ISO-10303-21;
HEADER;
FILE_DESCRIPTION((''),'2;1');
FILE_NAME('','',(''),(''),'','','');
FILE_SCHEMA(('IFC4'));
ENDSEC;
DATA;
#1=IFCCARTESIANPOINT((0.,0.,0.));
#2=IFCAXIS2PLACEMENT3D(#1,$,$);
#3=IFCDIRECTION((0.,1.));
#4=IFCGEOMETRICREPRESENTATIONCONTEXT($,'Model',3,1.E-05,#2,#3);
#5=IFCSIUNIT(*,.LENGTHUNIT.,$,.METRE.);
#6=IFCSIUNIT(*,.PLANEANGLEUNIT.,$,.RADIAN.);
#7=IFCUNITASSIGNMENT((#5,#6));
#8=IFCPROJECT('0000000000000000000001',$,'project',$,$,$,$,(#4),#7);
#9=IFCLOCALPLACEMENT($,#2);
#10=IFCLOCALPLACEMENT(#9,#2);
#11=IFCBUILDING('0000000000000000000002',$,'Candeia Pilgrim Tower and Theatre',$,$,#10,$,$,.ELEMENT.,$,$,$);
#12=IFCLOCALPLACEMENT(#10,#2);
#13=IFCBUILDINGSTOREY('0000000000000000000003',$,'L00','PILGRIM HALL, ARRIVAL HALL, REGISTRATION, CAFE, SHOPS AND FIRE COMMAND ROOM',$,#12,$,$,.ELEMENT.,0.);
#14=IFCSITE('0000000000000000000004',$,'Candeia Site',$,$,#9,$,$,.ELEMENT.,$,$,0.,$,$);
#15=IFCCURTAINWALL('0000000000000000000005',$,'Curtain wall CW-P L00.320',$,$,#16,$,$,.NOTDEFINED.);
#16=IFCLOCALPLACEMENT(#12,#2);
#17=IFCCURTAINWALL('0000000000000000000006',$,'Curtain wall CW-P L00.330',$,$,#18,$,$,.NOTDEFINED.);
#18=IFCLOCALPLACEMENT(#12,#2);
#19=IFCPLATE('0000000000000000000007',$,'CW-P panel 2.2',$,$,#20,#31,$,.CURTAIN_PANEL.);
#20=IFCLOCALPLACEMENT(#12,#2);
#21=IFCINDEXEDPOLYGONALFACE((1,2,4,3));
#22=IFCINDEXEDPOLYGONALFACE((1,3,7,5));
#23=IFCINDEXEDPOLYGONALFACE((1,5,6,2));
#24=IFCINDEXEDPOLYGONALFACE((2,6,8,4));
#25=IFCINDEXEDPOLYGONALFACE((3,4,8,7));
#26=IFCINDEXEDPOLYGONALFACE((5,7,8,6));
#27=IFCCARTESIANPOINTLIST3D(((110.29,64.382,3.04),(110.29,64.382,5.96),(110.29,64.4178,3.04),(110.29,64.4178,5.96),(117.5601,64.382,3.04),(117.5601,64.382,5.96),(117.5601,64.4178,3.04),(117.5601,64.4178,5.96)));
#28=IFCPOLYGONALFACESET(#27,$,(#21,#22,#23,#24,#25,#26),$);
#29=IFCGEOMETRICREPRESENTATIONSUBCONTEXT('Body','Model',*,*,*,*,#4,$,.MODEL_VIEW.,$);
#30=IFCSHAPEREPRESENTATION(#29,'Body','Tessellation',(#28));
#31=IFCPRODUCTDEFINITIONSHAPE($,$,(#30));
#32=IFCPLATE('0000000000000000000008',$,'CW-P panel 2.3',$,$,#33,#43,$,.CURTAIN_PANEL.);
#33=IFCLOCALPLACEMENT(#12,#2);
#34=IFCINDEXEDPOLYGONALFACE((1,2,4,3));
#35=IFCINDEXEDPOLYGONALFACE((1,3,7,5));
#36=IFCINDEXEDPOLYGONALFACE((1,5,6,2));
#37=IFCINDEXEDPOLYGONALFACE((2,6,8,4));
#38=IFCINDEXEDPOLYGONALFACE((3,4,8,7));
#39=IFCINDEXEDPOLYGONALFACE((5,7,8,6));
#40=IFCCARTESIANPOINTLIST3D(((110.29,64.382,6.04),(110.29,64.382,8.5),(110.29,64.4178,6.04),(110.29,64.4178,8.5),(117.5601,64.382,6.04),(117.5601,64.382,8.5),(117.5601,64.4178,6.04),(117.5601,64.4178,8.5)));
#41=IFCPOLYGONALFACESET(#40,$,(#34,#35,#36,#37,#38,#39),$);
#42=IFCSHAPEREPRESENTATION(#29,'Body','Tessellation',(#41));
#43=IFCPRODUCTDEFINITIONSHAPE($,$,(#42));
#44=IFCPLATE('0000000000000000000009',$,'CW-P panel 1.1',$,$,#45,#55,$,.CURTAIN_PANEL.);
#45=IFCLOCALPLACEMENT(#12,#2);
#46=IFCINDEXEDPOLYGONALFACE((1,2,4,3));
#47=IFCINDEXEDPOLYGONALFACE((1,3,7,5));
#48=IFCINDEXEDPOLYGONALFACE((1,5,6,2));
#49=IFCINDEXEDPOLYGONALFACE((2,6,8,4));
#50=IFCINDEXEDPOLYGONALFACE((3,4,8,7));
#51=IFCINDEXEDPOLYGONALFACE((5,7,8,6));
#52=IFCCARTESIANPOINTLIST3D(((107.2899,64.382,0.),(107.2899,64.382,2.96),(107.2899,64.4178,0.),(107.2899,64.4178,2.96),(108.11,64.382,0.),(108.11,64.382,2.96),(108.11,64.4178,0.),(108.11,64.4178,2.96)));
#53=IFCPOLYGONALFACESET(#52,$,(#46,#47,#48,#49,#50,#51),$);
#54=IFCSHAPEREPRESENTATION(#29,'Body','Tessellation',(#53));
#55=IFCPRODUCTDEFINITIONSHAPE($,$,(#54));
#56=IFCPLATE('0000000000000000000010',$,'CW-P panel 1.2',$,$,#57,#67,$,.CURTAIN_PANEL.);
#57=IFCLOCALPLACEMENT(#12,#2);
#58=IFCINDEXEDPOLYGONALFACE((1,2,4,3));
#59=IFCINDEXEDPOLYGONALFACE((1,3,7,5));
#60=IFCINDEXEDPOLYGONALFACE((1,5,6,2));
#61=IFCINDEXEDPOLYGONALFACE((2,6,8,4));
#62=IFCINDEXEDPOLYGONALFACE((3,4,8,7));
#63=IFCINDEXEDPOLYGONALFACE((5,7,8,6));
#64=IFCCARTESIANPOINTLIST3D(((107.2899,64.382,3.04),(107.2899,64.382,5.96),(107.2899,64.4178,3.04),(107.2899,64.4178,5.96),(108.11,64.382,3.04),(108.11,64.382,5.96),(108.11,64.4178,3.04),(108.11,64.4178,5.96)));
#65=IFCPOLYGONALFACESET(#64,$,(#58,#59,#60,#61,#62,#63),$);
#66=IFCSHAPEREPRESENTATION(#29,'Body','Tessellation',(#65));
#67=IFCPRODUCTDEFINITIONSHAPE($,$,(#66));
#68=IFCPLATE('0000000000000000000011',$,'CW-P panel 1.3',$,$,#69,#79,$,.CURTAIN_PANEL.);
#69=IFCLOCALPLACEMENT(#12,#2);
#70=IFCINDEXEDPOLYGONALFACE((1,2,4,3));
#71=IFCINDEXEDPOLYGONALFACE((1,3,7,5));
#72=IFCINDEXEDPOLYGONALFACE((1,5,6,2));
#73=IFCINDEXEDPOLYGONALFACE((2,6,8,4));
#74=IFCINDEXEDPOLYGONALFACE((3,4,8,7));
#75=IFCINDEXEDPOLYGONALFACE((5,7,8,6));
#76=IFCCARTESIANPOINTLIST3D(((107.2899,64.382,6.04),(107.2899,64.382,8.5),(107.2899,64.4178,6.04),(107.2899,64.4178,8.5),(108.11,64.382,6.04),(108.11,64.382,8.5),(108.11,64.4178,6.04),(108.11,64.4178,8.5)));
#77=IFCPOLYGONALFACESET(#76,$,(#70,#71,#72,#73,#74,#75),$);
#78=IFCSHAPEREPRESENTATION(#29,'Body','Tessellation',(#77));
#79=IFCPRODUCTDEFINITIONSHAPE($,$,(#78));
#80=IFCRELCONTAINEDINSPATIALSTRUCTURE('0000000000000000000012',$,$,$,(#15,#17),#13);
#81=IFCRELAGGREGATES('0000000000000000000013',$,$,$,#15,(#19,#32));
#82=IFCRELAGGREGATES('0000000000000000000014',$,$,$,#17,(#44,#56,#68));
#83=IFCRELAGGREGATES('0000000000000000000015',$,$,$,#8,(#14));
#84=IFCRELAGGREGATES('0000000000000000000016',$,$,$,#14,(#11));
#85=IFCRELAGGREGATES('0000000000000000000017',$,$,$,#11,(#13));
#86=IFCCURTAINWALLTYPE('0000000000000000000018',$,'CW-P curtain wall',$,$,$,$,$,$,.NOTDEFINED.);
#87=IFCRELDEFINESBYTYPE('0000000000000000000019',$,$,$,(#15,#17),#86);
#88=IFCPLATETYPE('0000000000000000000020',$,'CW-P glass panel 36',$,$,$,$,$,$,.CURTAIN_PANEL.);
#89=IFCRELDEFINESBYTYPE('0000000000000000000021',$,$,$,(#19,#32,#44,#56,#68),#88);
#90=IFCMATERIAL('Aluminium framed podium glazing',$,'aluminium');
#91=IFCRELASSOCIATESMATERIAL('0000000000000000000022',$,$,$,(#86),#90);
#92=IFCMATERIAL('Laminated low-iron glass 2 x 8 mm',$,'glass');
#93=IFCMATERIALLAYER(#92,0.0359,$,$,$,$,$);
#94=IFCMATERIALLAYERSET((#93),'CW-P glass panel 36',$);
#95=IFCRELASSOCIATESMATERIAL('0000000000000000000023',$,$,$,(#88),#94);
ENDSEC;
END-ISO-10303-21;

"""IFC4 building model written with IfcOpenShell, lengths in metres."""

from ifc_helpers import new_model, si_unit, direction, frame, origin, origin_2d, place, context, subcontext, project, spatial, rectangle, extrude, material, layer, layer_set, type_object, element, aggregate, save


model = new_model("IFC4")

# Units and contexts
model_context = context("Model", 3, precision=1e-05, world=origin(), true_north=direction((0.0, 1.0)))
body_context = subcontext(model_context, "Body", "Model", "MODEL_VIEW")
ifc_project = project(units=[si_unit("LENGTHUNIT", "METRE"), si_unit("PLANEANGLEUNIT", "RADIAN")], contexts=[model_context])

# Site, building, storey
site_placement = place(None, origin())
site = spatial("IfcSite", under=ifc_project, at=site_placement, Name="Candeia Site", CompositionType="ELEMENT", RefElevation=0.0)
building_placement = place(site_placement, origin())
building = spatial("IfcBuilding", under=site, at=building_placement, Name="Candeia Pilgrim Tower and Theatre", CompositionType="ELEMENT")
storey_placement = place(building_placement, origin())
storey = spatial("IfcBuildingStorey", under=building, at=storey_placement, Name="L00", Description="PILGRIM HALL, ARRIVAL HALL, REGISTRATION, CAFE, SHOPS AND FIRE COMMAND ROOM", CompositionType="ELEMENT", Elevation=0.0)

# Curtain walls
ifc_material_1 = material(Name="Aluminium framed podium glazing", Category="aluminium")
curtain_wall_type = type_object("IfcCurtainWallType", Name="CW-P curtain wall", PredefinedType="NOTDEFINED", material=ifc_material_1)
curtain_wall_1_placement = place(storey_placement, origin())
curtain_wall_1 = element("IfcCurtainWall", 1, at=curtain_wall_1_placement, inside=storey, type_object=curtain_wall_type, Name="Curtain wall CW-P L00.320", PredefinedType="NOTDEFINED")
curtain_wall_2_placement = place(storey_placement, origin())
curtain_wall_2 = element("IfcCurtainWall", 2, at=curtain_wall_2_placement, inside=storey, type_object=curtain_wall_type, Name="Curtain wall CW-P L00.330", PredefinedType="NOTDEFINED")

# Plates
ifc_material_2 = material(Name="Laminated low-iron glass 2 x 8 mm", Category="glass")
ifc_layer_1 = layer(ifc_material_2, 0.0359)
ifc_layer_set_1 = layer_set([ifc_layer_1], Name="CW-P glass panel 36")
plate_type = type_object("IfcPlateType", Name="CW-P glass panel 36", PredefinedType="CURTAIN_PANEL", material=ifc_layer_set_1)
plate_1_placement = place(storey_placement, frame((113.925, 64.3999, 3.04), z_axis=(0.0, 0.0, 1.0), x_axis=(-1.0, 0.0, 0.0)))
plate_1 = element("IfcPlate", 3, at=plate_1_placement, type_object=plate_type, Name="CW-P panel 2.2", PredefinedType="CURTAIN_PANEL", context=body_context, shape_type="SweptSolid", body=[
    extrude(rectangle(XDim=7.27, YDim=0.0359, at=origin_2d()), origin(), (0.0, 0.0, 1.0), 2.9199),
])
plate_2_placement = place(storey_placement, frame((113.925, 64.3999, 6.04), z_axis=(0.0, 0.0, 1.0), x_axis=(-1.0, 0.0, 0.0)))
plate_2 = element("IfcPlate", 4, at=plate_2_placement, type_object=plate_type, Name="CW-P panel 2.3", PredefinedType="CURTAIN_PANEL", context=body_context, shape_type="SweptSolid", body=[
    extrude(rectangle(XDim=7.27, YDim=0.0359, at=origin_2d()), origin(), (0.0, 0.0, 1.0), 2.46),
])
aggregate(curtain_wall_1, [plate_1, plate_2])
plate_3_placement = place(storey_placement, frame((107.7, 64.3999, 0.0), z_axis=(0.0, 0.0, 1.0), x_axis=(-1.0, 0.0, 0.0)))
plate_3 = element("IfcPlate", 5, at=plate_3_placement, type_object=plate_type, Name="CW-P panel 1.1", PredefinedType="CURTAIN_PANEL", context=body_context, shape_type="SweptSolid", body=[
    extrude(rectangle(XDim=0.8201, YDim=0.0359, at=origin_2d()), origin(), (0.0, 0.0, 1.0), 2.96),
])
plate_4_placement = place(storey_placement, frame((107.7, 64.3999, 3.04), z_axis=(0.0, 0.0, 1.0), x_axis=(-1.0, 0.0, 0.0)))
plate_4 = element("IfcPlate", 6, at=plate_4_placement, type_object=plate_type, Name="CW-P panel 1.2", PredefinedType="CURTAIN_PANEL", context=body_context, shape_type="SweptSolid", body=[
    extrude(rectangle(XDim=0.8201, YDim=0.0359, at=origin_2d()), origin(), (0.0, 0.0, 1.0), 2.9199),
])
plate_5_placement = place(storey_placement, frame((107.7, 64.3999, 6.04), z_axis=(0.0, 0.0, 1.0), x_axis=(-1.0, 0.0, 0.0)))
plate_5 = element("IfcPlate", 7, at=plate_5_placement, type_object=plate_type, Name="CW-P panel 1.3", PredefinedType="CURTAIN_PANEL", context=body_context, shape_type="SweptSolid", body=[
    extrude(rectangle(XDim=0.8201, YDim=0.0359, at=origin_2d()), origin(), (0.0, 0.0, 1.0), 2.46),
])
aggregate(curtain_wall_2, [plate_3, plate_4, plate_5])

save(model, "model.ifc")
